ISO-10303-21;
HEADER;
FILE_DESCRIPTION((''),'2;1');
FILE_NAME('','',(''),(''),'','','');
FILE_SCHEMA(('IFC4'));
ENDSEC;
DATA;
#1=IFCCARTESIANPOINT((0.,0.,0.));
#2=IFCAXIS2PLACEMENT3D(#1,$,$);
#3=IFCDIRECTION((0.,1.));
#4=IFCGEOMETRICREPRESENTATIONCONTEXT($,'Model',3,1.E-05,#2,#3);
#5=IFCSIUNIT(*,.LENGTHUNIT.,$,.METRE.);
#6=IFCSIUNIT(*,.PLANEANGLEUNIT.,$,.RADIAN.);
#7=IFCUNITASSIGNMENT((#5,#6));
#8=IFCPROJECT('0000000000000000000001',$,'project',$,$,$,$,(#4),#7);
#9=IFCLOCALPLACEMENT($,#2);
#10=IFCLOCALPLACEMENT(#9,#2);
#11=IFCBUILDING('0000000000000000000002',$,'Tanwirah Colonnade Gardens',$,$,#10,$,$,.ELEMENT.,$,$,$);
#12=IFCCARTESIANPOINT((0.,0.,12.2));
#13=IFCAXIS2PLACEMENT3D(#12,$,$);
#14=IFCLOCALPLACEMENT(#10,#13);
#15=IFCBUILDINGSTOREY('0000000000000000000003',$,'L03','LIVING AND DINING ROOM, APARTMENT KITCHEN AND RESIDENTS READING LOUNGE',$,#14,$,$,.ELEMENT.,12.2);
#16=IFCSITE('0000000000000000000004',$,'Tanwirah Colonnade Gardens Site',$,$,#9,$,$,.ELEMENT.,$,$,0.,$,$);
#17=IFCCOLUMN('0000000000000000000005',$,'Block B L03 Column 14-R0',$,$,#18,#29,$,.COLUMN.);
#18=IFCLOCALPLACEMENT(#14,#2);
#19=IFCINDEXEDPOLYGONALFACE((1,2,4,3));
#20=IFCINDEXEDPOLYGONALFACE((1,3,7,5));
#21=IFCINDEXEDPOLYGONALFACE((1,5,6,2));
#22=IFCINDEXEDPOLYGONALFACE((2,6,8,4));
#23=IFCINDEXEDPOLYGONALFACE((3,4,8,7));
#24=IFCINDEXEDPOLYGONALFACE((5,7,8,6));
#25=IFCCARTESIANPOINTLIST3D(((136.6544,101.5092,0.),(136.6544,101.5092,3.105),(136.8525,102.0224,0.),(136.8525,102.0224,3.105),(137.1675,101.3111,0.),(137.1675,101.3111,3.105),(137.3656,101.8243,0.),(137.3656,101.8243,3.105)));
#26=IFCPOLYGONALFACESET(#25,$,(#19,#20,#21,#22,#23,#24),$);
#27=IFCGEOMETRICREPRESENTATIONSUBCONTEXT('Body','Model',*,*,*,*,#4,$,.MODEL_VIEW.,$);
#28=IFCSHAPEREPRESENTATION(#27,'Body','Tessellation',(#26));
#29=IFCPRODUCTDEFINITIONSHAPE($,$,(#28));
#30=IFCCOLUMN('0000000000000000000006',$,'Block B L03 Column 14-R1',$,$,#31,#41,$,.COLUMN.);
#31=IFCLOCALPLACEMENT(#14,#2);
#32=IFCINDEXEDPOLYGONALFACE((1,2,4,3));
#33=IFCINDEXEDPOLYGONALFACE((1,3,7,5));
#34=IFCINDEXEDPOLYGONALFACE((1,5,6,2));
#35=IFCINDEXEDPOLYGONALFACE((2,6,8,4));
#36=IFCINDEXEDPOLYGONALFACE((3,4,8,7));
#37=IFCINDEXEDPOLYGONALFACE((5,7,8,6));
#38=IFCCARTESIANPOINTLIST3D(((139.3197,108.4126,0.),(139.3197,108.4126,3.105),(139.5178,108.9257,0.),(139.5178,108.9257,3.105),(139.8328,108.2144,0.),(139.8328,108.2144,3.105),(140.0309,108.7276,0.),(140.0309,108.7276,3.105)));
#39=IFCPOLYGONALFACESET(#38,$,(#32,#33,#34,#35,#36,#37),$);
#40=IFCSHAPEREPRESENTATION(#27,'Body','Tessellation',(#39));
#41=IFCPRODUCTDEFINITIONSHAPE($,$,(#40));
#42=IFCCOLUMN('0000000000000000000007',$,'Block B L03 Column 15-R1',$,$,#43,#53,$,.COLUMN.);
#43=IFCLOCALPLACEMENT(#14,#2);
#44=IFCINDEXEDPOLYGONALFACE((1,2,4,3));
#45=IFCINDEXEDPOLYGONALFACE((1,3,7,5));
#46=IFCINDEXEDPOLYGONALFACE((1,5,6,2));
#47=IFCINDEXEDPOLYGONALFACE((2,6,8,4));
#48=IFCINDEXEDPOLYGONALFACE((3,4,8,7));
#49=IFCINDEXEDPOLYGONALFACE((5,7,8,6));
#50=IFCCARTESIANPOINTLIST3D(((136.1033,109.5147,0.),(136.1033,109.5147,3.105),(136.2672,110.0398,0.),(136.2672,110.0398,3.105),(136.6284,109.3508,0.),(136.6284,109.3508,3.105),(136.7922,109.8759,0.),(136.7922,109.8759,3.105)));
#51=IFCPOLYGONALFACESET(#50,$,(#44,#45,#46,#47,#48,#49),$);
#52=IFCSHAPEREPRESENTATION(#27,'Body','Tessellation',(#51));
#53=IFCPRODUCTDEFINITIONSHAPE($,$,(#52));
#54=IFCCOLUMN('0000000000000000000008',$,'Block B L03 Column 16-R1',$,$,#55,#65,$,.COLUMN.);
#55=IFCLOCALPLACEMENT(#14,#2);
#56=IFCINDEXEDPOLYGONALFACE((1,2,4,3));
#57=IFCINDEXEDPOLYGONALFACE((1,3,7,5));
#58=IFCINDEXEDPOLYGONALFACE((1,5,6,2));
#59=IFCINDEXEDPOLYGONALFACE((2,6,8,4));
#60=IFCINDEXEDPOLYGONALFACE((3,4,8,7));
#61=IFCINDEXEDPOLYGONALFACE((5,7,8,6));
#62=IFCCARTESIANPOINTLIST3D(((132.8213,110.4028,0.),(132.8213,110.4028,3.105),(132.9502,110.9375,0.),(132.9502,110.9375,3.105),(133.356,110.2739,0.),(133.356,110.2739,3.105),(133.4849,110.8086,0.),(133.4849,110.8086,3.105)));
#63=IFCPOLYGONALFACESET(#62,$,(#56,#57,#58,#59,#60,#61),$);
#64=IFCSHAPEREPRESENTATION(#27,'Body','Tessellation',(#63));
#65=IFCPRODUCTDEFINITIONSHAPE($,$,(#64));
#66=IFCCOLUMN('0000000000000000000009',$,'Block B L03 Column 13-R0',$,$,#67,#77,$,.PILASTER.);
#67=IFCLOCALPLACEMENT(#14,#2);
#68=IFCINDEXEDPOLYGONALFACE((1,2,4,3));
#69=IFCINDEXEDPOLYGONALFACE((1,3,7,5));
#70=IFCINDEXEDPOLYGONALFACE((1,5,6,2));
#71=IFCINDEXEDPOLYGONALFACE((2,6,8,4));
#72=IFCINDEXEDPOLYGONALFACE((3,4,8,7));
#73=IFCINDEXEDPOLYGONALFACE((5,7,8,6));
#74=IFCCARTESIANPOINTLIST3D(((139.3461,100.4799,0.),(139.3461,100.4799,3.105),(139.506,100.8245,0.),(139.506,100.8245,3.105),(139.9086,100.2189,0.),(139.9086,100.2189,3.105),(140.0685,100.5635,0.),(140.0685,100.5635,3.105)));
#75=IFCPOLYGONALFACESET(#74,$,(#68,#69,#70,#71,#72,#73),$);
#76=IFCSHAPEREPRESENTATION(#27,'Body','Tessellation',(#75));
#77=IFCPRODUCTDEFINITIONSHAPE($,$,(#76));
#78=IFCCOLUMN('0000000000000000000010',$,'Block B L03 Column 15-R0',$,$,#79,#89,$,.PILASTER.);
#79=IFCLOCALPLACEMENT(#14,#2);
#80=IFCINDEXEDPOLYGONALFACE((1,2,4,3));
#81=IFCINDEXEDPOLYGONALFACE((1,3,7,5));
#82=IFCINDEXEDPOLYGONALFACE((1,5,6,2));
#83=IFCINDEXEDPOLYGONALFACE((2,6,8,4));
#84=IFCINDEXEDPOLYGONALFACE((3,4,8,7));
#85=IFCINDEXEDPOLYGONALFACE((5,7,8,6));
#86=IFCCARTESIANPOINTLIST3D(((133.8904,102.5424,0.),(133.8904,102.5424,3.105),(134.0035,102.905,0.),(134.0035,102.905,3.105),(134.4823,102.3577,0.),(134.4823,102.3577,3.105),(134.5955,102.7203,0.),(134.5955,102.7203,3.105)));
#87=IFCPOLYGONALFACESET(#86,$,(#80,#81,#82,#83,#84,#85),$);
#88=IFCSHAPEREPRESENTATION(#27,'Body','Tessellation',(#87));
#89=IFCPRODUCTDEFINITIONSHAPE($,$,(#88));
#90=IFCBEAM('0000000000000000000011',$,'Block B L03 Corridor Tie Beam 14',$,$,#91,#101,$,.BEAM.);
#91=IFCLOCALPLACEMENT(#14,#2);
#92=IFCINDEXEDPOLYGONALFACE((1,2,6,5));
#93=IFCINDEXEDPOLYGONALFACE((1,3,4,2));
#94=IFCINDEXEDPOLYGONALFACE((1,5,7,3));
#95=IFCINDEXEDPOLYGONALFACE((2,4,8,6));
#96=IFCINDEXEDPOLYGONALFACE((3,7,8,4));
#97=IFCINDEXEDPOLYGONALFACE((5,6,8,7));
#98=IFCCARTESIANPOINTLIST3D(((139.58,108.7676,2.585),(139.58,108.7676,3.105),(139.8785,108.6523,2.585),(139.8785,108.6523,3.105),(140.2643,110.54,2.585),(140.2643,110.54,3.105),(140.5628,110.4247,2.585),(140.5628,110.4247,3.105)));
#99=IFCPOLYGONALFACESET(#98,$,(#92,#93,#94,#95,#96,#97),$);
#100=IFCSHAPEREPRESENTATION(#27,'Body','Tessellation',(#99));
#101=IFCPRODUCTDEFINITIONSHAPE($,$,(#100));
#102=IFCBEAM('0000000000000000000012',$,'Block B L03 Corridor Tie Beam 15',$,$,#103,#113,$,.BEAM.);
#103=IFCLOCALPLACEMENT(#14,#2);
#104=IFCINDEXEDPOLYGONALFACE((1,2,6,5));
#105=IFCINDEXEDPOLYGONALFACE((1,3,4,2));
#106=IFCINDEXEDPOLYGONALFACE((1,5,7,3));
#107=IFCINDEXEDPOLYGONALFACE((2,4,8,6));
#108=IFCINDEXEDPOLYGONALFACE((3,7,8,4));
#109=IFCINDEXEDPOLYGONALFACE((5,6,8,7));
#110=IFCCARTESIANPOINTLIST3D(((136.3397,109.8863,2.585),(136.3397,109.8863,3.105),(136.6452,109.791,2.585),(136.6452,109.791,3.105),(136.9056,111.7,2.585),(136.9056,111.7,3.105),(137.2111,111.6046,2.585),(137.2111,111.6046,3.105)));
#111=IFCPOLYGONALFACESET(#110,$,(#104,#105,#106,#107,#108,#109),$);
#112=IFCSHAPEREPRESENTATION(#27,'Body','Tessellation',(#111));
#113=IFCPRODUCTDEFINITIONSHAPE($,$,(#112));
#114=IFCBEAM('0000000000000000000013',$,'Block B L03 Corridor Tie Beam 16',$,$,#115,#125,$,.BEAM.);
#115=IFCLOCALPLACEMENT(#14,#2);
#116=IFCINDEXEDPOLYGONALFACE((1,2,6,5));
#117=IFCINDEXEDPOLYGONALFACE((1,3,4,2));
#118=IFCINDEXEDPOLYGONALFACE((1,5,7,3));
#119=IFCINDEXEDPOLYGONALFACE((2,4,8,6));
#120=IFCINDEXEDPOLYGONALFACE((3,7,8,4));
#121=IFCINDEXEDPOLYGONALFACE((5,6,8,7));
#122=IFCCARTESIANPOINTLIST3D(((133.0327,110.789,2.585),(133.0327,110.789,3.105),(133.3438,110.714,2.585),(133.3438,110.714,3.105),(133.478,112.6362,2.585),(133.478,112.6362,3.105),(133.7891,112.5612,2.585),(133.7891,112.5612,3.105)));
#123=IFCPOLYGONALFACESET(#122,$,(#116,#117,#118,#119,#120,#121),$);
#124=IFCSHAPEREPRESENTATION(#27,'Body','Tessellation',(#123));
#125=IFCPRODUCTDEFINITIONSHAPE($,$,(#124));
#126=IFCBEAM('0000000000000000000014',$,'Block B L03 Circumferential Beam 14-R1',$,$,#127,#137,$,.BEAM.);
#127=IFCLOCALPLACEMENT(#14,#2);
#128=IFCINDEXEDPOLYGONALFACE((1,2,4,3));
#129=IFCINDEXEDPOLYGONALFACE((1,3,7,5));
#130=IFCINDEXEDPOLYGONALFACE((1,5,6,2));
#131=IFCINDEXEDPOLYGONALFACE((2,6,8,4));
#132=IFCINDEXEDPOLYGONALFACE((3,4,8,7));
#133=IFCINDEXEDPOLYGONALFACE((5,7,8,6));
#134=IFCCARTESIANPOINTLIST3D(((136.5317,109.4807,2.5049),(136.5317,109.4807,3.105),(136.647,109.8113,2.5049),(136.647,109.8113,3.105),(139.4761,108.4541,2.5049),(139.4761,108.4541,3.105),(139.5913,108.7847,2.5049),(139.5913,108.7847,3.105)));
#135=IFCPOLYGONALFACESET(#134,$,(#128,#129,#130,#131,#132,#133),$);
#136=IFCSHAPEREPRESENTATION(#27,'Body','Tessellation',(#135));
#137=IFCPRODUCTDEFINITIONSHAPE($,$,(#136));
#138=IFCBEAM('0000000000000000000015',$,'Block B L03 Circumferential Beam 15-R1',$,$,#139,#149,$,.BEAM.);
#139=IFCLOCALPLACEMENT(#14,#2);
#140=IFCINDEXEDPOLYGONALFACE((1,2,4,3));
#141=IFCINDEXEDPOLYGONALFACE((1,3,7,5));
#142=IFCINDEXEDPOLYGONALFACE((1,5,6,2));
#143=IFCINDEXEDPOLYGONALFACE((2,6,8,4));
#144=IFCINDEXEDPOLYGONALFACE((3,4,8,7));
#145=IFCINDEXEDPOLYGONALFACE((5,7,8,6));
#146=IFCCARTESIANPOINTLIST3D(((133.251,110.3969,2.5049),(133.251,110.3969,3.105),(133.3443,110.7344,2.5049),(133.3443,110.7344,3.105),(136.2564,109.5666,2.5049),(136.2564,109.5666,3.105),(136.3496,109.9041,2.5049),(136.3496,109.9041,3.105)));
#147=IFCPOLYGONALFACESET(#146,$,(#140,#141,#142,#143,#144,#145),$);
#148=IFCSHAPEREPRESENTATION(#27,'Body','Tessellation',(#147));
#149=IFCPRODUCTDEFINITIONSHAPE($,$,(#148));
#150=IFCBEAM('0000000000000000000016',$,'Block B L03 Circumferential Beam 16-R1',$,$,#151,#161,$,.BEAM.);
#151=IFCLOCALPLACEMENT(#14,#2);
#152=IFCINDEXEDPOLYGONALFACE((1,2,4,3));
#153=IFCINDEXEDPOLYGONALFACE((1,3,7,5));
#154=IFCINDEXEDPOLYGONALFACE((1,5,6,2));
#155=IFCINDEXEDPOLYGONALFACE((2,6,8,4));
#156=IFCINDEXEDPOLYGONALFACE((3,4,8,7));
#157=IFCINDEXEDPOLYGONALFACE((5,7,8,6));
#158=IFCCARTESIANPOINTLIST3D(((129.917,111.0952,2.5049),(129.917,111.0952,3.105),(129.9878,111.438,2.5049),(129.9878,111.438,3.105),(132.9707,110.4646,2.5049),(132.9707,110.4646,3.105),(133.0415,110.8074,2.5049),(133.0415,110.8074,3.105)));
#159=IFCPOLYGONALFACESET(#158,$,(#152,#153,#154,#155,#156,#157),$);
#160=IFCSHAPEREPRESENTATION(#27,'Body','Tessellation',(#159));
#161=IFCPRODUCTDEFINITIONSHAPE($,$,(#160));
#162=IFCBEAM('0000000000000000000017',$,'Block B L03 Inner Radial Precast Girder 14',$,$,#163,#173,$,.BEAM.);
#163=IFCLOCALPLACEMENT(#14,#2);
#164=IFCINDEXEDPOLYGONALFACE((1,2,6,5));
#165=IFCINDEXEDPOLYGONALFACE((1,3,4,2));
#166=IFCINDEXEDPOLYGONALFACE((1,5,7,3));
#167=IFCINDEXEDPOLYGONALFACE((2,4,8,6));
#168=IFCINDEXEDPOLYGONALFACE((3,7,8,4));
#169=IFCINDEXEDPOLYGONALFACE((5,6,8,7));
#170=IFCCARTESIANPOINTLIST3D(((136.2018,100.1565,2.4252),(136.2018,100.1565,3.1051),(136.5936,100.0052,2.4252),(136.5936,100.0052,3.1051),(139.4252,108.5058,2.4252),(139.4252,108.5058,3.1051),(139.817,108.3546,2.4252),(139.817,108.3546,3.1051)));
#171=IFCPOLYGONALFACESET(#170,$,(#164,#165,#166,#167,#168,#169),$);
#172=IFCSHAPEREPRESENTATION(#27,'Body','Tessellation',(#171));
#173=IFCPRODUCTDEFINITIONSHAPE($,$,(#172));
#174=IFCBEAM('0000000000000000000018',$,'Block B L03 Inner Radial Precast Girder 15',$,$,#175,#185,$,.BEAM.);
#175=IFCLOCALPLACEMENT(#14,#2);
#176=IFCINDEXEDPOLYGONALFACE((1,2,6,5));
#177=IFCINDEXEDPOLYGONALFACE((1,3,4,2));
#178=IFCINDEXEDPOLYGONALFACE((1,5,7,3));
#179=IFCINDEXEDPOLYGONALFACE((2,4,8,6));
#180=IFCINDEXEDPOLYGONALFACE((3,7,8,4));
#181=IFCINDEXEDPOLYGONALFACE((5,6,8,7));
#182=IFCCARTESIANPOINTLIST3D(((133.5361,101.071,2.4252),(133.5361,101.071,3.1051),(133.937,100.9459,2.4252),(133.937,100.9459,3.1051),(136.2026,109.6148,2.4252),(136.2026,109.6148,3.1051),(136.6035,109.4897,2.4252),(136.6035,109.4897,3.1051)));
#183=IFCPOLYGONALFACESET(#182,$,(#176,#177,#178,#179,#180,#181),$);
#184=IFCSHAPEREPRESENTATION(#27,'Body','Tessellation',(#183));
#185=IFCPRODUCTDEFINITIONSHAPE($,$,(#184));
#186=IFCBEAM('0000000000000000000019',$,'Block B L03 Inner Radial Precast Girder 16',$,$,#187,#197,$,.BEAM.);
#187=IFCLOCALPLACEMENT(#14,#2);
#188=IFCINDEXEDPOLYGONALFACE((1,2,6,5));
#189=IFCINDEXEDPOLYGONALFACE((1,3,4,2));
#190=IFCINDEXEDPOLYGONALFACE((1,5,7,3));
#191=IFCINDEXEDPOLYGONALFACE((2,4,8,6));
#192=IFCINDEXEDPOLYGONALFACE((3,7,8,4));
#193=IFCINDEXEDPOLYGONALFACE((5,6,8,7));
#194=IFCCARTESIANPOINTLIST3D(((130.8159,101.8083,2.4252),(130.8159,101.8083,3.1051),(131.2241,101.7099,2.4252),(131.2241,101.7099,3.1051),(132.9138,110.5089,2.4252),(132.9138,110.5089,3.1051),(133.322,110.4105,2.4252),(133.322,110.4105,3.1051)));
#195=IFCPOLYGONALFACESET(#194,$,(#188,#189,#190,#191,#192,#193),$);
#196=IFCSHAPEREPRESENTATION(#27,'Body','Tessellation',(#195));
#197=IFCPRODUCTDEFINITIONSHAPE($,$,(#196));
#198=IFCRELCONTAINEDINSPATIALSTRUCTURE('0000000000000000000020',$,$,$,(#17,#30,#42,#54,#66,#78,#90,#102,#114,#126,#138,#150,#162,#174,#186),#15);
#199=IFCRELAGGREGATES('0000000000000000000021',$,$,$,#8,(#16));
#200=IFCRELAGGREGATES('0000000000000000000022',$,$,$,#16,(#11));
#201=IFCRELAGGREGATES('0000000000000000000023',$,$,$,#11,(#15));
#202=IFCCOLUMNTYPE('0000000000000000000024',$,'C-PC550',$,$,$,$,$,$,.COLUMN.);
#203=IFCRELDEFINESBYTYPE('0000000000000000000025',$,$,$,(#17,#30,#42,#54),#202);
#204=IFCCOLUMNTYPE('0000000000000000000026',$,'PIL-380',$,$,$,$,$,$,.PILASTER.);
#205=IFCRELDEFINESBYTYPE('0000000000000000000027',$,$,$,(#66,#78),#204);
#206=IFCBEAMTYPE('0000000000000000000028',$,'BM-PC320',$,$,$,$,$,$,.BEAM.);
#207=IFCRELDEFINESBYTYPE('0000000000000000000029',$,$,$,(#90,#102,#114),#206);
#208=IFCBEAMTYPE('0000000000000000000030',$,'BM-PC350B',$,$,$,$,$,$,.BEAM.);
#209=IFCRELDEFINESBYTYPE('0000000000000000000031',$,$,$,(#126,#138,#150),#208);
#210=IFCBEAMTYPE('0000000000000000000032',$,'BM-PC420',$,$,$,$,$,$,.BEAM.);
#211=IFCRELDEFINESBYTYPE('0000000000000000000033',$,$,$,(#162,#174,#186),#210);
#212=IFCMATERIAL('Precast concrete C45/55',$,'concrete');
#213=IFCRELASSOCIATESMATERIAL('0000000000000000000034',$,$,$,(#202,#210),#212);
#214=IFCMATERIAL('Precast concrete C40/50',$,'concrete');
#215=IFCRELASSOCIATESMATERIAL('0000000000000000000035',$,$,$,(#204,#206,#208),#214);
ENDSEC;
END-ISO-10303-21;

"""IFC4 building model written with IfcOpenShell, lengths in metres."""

from ifc_helpers import new_model, si_unit, direction, frame, origin, origin_2d, place, context, subcontext, project, spatial, rectangle, extrude, material, material_profile, profile_set, type_object, element, save


model = new_model("IFC4")

# Units and contexts
model_context = context("Model", 3, precision=1e-05, world=origin(), true_north=direction((0.0, 1.0)))
body_context = subcontext(model_context, "Body", "Model", "MODEL_VIEW")
ifc_project = project(units=[si_unit("LENGTHUNIT", "METRE"), si_unit("PLANEANGLEUNIT", "RADIAN")], contexts=[model_context])

# Site, building, storey
site_placement = place(None, origin())
site = spatial("IfcSite", under=ifc_project, at=site_placement, Name="Tanwirah Colonnade Gardens Site", CompositionType="ELEMENT", RefElevation=0.0)
building_placement = place(site_placement, origin())
building = spatial("IfcBuilding", under=site, at=building_placement, Name="Tanwirah Colonnade Gardens", CompositionType="ELEMENT")
storey_placement = place(building_placement, frame((0.0, 0.0, 12.2)))
storey = spatial("IfcBuildingStorey", under=building, at=storey_placement, Name="L03", Description="LIVING AND DINING ROOM, APARTMENT KITCHEN AND RESIDENTS READING LOUNGE", CompositionType="ELEMENT", Elevation=12.2)

# Columns
ifc_material_1 = material(Name="Precast concrete C45/55", Category="concrete")
ifc_material_profile_1 = material_profile(ifc_material_1, rectangle(XDim=0.55, YDim=0.55, at=origin_2d()), Name="PC-COL 550x550")
ifc_profile_set_1 = profile_set([ifc_material_profile_1], Name="Precast concrete C45/55")
column_type_1 = type_object("IfcColumnType", Name="C-PC550", PredefinedType="COLUMN", material=ifc_profile_set_1)
for number, where, z_axis, x_axis, name in (
    (1, (137.01, 101.6667, 0.0), (0.0, 0.0, 1.0), (0.360178, 0.932884, 0.0), "Block B L03 Column 14-R0"),
    (2, (139.6753, 108.5701, 0.0), (0.0, 0.0, 1.0), (0.360178, 0.932884, 0.0), "Block B L03 Column 14-R1"),
    (3, (136.4478, 109.6953, 0.0), (0.0, 0.0, 1.0), (0.29793, 0.954588, 0.0), "Block B L03 Column 15-R1"),
    (4, (133.1531, 110.6057, 0.0), (0.0, 0.0, 1.0), (0.234388, 0.972143, 0.0), "Block B L03 Column 16-R1"),
):
    element("IfcColumn", number, at=place(storey_placement, frame(where, z_axis=z_axis, x_axis=x_axis)), inside=storey, type_object=column_type_1, Name=name, PredefinedType="COLUMN", context=body_context, shape_type="SweptSolid", body=[
        extrude(rectangle(XDim=0.55, YDim=0.55, at=origin_2d()), origin(), (0.0, 0.0, 1.0), 3.105),
    ])
ifc_material_2 = material(Name="Precast concrete C40/50", Category="concrete")
ifc_material_profile_2 = material_profile(ifc_material_2, rectangle(XDim=0.3799, YDim=0.6201, at=origin_2d()), Name="PC-PIL 380x620")
ifc_profile_set_2 = profile_set([ifc_material_profile_2], Name="Precast concrete C40/50")
column_type_2 = type_object("IfcColumnType", Name="PIL-380", PredefinedType="PILASTER", material=ifc_profile_set_2)
for number, where, z_axis, x_axis, name in (
    (5, (139.7073, 100.5217, 0.0), (0.0, 0.0, 1.0), (0.42086, 0.907126, 0.0), "Block B L03 Column 13-R0"),
    (6, (134.2429, 102.6313, 0.0), (0.0, 0.0, 1.0), (0.29793, 0.954588, 0.0), "Block B L03 Column 15-R0"),
):
    element("IfcColumn", number, at=place(storey_placement, frame(where, z_axis=z_axis, x_axis=x_axis)), inside=storey, type_object=column_type_2, Name=name, PredefinedType="PILASTER", context=body_context, shape_type="SweptSolid", body=[
        extrude(rectangle(XDim=0.3799, YDim=0.6201, at=origin_2d()), origin(), (0.0, 0.0, 1.0), 3.105),
    ])

# Beams
ifc_material_profile_3 = material_profile(ifc_material_2, rectangle(XDim=0.3201, YDim=0.52, at=origin_2d()), Name="PC-BM 320x520")
ifc_profile_set_3 = profile_set([ifc_material_profile_3], Name="Precast concrete C40/50")
beam_type_1 = type_object("IfcBeamType", Name="BM-PC320", PredefinedType="BEAM", material=ifc_profile_set_3)
for number, where, z_axis, x_axis, name in (
    (7, (139.7292, 108.71, 2.845), (0.360176, 0.932885, 0.0), (-0.932885, 0.360176, 0.0), "Block B L03 Corridor Tie Beam 14"),
    (8, (136.4924, 109.8386, 2.845), (0.297858, 0.95461, 0.0), (-0.95461, 0.297858, 0.0), "Block B L03 Corridor Tie Beam 15"),
):
    element("IfcBeam", number, at=place(storey_placement, frame(where, z_axis=z_axis, x_axis=x_axis)), inside=storey, type_object=beam_type_1, Name=name, PredefinedType="BEAM", context=body_context, shape_type="SweptSolid", body=[
        extrude(rectangle(XDim=0.3201, YDim=0.52, at=origin_2d()), origin(), (0.0, 0.0, 1.0), 1.8999),
    ])
beam_1_placement = place(storey_placement, frame((133.1882, 110.7515, 2.845), z_axis=(0.234364, 0.972149, 0.0), x_axis=(-0.972149, 0.234364, 0.0)))
element("IfcBeam", 9, at=beam_1_placement, inside=storey, type_object=beam_type_1, Name="Block B L03 Corridor Tie Beam 16", PredefinedType="BEAM", context=body_context, shape_type="SweptSolid", body=[
    extrude(rectangle(XDim=0.3201, YDim=0.52, at=origin_2d()), origin(), (0.0, 0.0, 1.0), 1.9001),
])
ifc_material_profile_4 = material_profile(ifc_material_2, rectangle(XDim=0.3501, YDim=0.6001, at=origin_2d()), Name="PC-BM 350x600")
ifc_profile_set_4 = profile_set([ifc_material_profile_4], Name="Precast concrete C40/50")
beam_type_2 = type_object("IfcBeamType", Name="BM-PC350B", PredefinedType="BEAM", material=ifc_profile_set_4)
beam_2_placement = place(storey_placement, frame((139.5337, 108.6194, 2.8049), z_axis=(-0.944248, 0.329234, 0.0), x_axis=(-0.329234, -0.944248, 0.0)))
element("IfcBeam", 10, at=beam_2_placement, inside=storey, type_object=beam_type_2, Name="Block B L03 Circumferential Beam 14-R1", PredefinedType="BEAM", context=body_context, shape_type="SweptSolid", body=[
    extrude(rectangle(XDim=0.3501, YDim=0.6001, at=origin_2d()), origin(), (0.0, 0.0, 1.0), 3.1182),
])
beam_3_placement = place(storey_placement, frame((136.303, 109.7354, 2.8049), z_axis=(-0.963889, 0.266303, 0.0), x_axis=(-0.266303, -0.963889, 0.0)))
element("IfcBeam", 11, at=beam_3_placement, inside=storey, type_object=beam_type_2, Name="Block B L03 Circumferential Beam 15-R1", PredefinedType="BEAM", context=body_context, shape_type="SweptSolid", body=[
    extrude(rectangle(XDim=0.3501, YDim=0.6001, at=origin_2d()), origin(), (0.0, 0.0, 1.0), 3.1179),
])
beam_4_placement = place(storey_placement, frame((133.0061, 110.636, 2.8049), z_axis=(-0.979336, 0.202241, 0.0), x_axis=(-0.202241, -0.979336, 0.0)))
element("IfcBeam", 12, at=beam_4_placement, inside=storey, type_object=beam_type_2, Name="Block B L03 Circumferential Beam 16-R1", PredefinedType="BEAM", context=body_context, shape_type="SweptSolid", body=[
    extrude(rectangle(XDim=0.3501, YDim=0.6001, at=origin_2d()), origin(), (0.0, 0.0, 1.0), 3.1182),
])
ifc_material_profile_5 = material_profile(ifc_material_1, rectangle(XDim=0.4199, YDim=0.6799, at=origin_2d()), Name="PC-BM 420x680")
ifc_profile_set_5 = profile_set([ifc_material_profile_5], Name="Precast concrete C45/55")
beam_type_3 = type_object("IfcBeamType", Name="BM-PC420", PredefinedType="BEAM", material=ifc_profile_set_5)
beam_5_placement = place(storey_placement, frame((139.6211, 108.4302, 2.7651), z_axis=(-0.360156, -0.932892, 0.0), x_axis=(0.932892, -0.360156, 0.0)))
element("IfcBeam", 13, at=beam_5_placement, inside=storey, type_object=beam_type_3, Name="Block B L03 Inner Radial Precast Girder 14", PredefinedType="BEAM", context=body_context, shape_type="SweptSolid", body=[
    extrude(rectangle(XDim=0.4199, YDim=0.6799, at=origin_2d()), origin(), (0.0, 0.0, 1.0), 8.95),
])
beam_6_placement = place(storey_placement, frame((136.4031, 109.5522, 2.7651), z_axis=(-0.297929, -0.954588, 0.0), x_axis=(0.954588, -0.297929, 0.0)))
element("IfcBeam", 14, at=beam_6_placement, inside=storey, type_object=beam_type_3, Name="Block B L03 Inner Radial Precast Girder 15", PredefinedType="BEAM", context=body_context, shape_type="SweptSolid", body=[
    extrude(rectangle(XDim=0.4199, YDim=0.6799, at=origin_2d()), origin(), (0.0, 0.0, 1.0), 8.9502),
])
beam_7_placement = place(storey_placement, frame((133.1179, 110.4597, 2.7651), z_axis=(-0.234401, -0.97214, 0.0), x_axis=(0.97214, -0.234401, 0.0)))
element("IfcBeam", 15, at=beam_7_placement, inside=storey, type_object=beam_type_3, Name="Block B L03 Inner Radial Precast Girder 16", PredefinedType="BEAM", context=body_context, shape_type="SweptSolid", body=[
    extrude(rectangle(XDim=0.4199, YDim=0.6799, at=origin_2d()), origin(), (0.0, 0.0, 1.0), 8.95),
])

save(model, "model.ifc")
